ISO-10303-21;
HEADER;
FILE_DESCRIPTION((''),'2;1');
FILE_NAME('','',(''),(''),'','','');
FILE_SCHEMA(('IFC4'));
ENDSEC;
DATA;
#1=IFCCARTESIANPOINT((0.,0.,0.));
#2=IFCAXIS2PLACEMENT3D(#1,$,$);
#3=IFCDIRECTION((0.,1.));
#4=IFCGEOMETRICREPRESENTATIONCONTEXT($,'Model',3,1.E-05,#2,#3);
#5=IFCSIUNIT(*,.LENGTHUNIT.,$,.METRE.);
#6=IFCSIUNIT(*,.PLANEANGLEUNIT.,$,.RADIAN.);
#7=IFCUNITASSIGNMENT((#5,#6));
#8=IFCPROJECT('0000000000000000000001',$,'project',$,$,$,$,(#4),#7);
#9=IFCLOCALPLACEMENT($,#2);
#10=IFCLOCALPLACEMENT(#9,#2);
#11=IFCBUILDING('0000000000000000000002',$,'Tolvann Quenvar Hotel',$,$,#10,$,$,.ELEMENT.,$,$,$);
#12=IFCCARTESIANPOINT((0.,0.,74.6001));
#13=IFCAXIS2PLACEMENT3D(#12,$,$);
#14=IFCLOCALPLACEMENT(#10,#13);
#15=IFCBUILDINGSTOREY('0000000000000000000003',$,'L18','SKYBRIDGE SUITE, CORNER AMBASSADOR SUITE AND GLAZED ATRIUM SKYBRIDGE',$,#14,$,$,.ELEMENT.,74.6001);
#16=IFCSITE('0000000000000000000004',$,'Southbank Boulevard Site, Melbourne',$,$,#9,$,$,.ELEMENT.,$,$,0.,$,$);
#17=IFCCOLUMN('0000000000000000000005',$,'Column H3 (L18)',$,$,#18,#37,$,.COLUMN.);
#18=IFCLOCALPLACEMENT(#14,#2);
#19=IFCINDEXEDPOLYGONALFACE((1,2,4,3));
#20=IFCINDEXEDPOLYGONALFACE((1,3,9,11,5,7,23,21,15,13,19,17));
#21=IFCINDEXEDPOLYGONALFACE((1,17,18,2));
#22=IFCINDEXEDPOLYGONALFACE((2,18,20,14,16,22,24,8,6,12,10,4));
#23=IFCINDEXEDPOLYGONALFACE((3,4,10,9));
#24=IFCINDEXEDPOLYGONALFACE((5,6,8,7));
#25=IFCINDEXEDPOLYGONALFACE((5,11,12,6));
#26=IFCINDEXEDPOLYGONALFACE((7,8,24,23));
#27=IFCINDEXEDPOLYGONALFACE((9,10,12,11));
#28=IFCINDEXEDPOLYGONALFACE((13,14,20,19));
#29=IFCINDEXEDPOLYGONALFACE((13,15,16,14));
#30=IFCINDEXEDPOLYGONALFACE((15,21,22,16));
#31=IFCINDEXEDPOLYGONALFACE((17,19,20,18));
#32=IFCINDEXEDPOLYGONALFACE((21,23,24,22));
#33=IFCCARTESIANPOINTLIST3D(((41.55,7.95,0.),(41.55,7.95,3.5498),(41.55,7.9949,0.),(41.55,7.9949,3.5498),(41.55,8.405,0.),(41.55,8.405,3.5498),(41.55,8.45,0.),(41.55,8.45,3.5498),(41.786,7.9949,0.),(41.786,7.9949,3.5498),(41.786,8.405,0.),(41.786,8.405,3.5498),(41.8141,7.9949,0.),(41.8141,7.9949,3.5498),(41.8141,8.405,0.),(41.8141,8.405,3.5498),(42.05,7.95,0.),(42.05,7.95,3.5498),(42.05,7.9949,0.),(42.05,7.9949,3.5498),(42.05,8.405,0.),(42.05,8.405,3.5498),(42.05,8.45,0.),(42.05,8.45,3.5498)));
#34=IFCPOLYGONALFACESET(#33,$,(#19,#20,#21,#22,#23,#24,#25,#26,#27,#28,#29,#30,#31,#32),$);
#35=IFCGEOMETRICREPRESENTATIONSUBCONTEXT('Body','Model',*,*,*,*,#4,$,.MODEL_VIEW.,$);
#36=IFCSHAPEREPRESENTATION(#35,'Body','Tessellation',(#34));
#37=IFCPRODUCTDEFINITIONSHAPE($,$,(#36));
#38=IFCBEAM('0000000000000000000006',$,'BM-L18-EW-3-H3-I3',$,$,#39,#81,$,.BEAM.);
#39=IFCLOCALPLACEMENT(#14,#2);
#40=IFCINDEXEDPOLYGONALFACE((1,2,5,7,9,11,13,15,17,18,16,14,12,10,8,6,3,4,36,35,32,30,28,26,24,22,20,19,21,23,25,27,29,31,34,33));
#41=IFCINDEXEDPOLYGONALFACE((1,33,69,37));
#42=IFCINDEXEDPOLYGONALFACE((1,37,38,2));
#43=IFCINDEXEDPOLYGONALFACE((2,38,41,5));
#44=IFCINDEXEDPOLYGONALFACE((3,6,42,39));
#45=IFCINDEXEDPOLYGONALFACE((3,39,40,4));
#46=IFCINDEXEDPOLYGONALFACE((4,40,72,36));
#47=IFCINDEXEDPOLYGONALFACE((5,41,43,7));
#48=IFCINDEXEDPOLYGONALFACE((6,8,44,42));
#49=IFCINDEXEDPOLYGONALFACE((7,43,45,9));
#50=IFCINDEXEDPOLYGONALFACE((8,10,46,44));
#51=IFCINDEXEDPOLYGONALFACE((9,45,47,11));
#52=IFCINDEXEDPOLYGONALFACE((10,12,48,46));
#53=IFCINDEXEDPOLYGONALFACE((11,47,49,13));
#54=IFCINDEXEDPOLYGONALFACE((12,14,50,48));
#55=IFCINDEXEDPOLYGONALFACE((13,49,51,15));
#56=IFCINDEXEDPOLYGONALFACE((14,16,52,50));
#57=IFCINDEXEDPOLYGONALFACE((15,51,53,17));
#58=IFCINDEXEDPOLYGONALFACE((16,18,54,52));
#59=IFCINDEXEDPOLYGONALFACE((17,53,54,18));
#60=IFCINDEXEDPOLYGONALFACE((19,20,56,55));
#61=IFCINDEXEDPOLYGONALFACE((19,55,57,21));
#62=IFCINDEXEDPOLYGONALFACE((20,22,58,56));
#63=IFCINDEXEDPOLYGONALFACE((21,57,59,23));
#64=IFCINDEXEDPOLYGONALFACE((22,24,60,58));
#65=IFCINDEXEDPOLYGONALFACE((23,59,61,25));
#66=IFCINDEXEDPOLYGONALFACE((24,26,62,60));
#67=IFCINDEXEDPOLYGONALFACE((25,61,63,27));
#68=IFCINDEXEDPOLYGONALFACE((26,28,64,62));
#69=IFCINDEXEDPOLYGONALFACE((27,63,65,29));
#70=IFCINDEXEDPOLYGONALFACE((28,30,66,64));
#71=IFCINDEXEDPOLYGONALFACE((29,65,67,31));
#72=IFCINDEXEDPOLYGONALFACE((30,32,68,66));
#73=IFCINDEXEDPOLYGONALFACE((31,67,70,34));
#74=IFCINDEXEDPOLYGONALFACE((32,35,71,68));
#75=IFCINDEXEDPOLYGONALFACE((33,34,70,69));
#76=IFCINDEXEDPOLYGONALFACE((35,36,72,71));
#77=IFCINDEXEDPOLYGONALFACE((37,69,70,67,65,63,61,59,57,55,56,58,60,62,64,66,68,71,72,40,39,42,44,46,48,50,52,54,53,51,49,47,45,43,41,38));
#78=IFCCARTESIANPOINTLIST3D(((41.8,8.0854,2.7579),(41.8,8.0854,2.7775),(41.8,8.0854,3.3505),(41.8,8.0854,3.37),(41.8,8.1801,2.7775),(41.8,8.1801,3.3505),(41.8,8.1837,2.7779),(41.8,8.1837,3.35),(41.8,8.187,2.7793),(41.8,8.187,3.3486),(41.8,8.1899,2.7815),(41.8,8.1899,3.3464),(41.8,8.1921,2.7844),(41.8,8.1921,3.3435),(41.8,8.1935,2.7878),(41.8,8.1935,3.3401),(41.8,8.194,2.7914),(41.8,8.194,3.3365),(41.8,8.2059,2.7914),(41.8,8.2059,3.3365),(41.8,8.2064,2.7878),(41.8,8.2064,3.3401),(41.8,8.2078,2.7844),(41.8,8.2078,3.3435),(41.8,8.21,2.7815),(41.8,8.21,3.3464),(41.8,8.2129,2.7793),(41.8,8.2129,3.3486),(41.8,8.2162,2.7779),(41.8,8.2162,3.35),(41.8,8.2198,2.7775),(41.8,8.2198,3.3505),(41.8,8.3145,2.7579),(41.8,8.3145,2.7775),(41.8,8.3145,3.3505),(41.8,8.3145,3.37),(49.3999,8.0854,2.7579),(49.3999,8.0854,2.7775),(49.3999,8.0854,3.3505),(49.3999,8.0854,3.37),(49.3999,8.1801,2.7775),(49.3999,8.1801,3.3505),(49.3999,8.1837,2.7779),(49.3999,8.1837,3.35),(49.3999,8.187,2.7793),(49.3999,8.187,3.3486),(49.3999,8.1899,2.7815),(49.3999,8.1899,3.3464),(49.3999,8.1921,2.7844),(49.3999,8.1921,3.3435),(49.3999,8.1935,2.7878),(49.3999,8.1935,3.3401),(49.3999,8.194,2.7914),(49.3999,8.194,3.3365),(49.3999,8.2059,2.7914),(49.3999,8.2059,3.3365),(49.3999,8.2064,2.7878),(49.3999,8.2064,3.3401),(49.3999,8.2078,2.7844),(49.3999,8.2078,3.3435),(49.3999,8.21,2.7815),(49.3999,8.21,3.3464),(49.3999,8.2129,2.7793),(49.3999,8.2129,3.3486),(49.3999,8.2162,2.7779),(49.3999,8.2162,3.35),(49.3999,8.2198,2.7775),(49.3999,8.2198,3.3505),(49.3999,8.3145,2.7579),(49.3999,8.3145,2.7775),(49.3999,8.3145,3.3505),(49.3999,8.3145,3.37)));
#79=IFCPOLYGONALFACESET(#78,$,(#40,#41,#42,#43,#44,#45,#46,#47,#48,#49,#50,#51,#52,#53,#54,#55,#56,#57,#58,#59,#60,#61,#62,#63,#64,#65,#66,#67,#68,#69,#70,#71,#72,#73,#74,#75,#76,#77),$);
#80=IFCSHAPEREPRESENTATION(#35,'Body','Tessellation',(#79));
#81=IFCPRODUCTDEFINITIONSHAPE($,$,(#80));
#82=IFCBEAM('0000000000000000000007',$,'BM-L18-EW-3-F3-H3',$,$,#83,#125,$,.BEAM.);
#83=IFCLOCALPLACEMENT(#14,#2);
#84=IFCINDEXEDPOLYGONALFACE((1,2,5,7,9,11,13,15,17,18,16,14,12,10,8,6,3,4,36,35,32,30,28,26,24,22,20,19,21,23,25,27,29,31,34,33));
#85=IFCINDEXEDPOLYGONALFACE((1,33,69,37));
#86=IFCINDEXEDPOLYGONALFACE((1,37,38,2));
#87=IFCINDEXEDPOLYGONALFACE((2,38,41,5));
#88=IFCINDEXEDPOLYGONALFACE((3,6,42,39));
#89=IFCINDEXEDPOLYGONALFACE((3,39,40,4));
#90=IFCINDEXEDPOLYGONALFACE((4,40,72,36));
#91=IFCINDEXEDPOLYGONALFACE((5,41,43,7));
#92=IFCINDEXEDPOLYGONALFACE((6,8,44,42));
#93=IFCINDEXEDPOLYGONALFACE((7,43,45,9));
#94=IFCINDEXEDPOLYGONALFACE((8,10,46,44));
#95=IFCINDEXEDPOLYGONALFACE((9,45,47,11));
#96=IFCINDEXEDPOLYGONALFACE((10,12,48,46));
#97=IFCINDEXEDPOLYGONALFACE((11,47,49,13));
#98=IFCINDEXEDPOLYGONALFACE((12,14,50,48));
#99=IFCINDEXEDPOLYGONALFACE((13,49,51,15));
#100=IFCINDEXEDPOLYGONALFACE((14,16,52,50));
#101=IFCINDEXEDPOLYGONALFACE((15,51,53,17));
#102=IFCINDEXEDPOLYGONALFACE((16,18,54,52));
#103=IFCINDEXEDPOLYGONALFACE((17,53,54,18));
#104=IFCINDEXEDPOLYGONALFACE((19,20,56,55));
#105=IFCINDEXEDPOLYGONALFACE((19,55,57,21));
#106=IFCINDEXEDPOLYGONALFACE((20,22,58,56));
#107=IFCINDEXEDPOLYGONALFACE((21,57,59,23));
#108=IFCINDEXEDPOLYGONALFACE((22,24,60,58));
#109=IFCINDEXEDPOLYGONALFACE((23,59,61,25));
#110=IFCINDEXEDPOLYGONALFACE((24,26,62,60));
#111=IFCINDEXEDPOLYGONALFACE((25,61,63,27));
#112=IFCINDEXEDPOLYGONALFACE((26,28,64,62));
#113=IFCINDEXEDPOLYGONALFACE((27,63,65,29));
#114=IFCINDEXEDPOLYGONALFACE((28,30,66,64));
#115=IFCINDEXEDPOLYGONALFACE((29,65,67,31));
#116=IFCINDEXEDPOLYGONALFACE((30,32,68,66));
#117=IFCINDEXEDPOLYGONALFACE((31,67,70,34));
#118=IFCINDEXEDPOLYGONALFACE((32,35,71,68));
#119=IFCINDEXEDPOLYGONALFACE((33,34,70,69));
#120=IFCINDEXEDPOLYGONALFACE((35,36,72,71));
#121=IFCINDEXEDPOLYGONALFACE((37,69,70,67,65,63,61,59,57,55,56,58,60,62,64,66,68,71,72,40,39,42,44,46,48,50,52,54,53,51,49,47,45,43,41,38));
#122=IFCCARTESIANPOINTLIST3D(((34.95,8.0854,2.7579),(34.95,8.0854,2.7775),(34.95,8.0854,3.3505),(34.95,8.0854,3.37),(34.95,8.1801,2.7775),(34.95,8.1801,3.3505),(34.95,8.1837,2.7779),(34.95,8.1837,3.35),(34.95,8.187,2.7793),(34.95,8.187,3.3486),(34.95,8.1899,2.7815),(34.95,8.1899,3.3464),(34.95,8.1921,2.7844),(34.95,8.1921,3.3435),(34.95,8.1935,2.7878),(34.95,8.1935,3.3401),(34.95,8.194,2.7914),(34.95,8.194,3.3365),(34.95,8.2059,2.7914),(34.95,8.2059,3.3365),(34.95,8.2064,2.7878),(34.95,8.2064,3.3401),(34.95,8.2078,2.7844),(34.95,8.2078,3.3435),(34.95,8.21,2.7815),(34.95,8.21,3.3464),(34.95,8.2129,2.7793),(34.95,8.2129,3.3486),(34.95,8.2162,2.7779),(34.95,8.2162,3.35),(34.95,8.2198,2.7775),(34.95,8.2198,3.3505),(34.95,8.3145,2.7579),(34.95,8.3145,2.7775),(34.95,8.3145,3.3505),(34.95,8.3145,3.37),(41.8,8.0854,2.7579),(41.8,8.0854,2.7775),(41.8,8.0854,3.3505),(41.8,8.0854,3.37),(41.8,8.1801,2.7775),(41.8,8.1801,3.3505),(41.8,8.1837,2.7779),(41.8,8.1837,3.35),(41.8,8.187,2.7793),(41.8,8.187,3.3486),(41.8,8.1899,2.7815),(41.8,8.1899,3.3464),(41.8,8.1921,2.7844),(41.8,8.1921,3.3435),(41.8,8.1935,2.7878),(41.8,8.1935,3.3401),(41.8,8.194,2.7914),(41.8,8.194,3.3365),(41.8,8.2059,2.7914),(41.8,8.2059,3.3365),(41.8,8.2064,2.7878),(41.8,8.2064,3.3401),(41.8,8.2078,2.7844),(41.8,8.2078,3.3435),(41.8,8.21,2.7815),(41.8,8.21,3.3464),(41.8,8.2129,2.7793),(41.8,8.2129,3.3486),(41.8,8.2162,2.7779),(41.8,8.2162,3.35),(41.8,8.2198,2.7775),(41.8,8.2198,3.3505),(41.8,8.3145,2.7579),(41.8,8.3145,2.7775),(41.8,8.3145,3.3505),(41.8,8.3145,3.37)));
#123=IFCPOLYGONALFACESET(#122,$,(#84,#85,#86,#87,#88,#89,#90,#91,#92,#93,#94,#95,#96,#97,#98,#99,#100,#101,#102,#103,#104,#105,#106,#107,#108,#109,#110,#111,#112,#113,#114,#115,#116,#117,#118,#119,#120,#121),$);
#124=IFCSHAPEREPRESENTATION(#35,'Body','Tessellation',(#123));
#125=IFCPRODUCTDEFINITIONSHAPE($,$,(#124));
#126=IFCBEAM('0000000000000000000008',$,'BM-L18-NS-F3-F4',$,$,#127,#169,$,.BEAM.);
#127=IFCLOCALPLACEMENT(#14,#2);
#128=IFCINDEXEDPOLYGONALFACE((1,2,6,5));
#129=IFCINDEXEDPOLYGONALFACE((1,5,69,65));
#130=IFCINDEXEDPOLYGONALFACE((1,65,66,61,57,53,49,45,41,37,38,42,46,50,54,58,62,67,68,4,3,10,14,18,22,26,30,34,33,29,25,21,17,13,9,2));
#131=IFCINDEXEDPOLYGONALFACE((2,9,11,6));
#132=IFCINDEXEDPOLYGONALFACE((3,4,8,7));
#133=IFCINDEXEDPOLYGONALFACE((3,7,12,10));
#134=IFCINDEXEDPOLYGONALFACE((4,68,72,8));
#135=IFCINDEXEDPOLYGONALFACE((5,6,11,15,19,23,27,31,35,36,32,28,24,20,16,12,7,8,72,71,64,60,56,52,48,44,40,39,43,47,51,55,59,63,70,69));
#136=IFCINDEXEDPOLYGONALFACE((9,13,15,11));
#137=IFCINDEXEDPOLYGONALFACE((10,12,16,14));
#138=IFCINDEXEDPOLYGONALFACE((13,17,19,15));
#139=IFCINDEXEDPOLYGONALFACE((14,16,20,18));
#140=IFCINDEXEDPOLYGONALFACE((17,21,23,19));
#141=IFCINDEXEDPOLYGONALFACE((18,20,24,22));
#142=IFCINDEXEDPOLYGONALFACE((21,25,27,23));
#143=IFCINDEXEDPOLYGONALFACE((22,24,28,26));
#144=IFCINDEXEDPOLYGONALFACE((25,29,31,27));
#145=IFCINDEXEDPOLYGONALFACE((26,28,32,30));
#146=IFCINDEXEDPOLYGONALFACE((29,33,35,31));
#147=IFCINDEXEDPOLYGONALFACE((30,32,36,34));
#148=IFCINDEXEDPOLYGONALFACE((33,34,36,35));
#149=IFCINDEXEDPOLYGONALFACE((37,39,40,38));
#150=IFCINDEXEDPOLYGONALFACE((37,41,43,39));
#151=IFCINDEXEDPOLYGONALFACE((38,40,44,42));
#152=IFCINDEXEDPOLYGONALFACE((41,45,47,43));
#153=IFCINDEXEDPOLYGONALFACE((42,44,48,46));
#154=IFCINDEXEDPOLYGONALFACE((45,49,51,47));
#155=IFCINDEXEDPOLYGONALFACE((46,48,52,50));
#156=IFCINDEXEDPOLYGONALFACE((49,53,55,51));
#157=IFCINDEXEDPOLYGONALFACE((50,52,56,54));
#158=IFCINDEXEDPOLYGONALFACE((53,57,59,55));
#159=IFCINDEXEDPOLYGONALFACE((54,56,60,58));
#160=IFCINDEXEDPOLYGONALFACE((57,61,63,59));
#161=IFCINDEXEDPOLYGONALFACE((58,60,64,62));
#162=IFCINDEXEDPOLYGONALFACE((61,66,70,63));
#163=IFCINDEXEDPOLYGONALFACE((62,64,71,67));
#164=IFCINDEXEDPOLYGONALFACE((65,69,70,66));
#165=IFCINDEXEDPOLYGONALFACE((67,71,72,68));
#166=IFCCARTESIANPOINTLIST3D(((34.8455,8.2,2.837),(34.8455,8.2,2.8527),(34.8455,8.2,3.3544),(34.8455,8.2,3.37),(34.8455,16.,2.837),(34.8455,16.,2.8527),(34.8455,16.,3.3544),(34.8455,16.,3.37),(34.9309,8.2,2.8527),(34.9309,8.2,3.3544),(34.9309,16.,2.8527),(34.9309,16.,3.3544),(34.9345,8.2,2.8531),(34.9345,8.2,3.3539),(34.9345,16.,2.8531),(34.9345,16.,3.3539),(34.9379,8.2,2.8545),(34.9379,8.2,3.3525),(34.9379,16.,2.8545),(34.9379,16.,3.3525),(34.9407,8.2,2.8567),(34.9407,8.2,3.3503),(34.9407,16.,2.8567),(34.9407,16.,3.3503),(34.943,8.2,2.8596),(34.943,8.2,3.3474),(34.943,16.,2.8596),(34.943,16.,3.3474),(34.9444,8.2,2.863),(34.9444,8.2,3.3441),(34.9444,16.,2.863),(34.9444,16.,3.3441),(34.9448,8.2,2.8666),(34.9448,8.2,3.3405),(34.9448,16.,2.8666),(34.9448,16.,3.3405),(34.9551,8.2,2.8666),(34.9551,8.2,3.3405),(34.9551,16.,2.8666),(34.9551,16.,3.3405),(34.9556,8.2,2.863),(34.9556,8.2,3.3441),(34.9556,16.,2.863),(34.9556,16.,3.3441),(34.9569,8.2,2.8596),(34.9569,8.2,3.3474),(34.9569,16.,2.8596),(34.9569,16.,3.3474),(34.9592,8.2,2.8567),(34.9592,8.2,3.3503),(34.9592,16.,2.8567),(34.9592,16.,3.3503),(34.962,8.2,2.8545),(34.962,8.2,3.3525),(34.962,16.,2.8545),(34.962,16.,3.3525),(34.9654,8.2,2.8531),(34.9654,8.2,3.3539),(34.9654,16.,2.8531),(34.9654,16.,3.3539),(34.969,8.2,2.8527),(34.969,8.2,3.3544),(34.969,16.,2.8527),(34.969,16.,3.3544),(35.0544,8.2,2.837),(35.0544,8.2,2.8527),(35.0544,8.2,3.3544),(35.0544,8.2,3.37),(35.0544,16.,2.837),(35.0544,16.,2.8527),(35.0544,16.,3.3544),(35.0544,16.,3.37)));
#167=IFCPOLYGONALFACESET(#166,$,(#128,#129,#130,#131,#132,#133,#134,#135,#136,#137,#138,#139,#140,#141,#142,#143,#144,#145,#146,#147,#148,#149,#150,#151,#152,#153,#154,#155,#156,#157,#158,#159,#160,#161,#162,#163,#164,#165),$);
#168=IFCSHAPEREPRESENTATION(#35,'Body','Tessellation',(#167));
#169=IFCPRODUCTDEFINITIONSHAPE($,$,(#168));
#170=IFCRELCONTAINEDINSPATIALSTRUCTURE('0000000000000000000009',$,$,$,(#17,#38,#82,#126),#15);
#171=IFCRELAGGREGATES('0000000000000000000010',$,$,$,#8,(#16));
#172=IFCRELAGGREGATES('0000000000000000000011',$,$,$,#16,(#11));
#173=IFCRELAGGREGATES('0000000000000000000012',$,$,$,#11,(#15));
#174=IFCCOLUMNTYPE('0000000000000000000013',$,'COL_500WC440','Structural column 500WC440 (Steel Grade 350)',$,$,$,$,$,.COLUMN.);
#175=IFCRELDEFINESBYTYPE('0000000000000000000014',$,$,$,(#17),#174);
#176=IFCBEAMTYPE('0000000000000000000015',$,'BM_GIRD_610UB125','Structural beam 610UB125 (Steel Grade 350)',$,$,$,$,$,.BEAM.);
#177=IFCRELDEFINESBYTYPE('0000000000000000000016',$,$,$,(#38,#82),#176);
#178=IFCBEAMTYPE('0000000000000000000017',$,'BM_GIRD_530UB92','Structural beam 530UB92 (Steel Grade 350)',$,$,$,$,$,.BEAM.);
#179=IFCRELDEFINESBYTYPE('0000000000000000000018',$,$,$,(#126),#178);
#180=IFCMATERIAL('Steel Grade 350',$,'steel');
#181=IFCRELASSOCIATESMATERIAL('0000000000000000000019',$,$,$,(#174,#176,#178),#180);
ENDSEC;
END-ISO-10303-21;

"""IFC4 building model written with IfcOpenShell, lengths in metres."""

from ifc_helpers import new_model, si_unit, direction, frame, origin, origin_2d, place, context, subcontext, project, spatial, i_section, extrude, source, transform, mapped, material, material_profile, profile_set, type_object, type_shapes, element, save


model = new_model("IFC4")

# Units and contexts
model_context = context("Model", 3, precision=1e-05, world=origin(), true_north=direction((0.0, 1.0)))
body_context = subcontext(model_context, "Body", "Model", "MODEL_VIEW")
ifc_project = project(units=[si_unit("LENGTHUNIT", "METRE"), si_unit("PLANEANGLEUNIT", "RADIAN")], contexts=[model_context])

# Site, building, storey
site_placement = place(None, origin())
site = spatial("IfcSite", under=ifc_project, at=site_placement, Name="Southbank Boulevard Site, Melbourne", CompositionType="ELEMENT", RefElevation=0.0)
building_placement = place(site_placement, origin())
building = spatial("IfcBuilding", under=site, at=building_placement, Name="Tolvann Quenvar Hotel", CompositionType="ELEMENT")
storey_placement = place(building_placement, frame((0.0, 0.0, 74.6001)))
storey = spatial("IfcBuildingStorey", under=building, at=storey_placement, Name="L18", Description="SKYBRIDGE SUITE, CORNER AMBASSADOR SUITE AND GLAZED ATRIUM SKYBRIDGE", CompositionType="ELEMENT", Elevation=74.6001)

# Column
ifc_material_1 = material(Name="Steel Grade 350", Category="steel")
ifc_material_profile_1 = material_profile(ifc_material_1, i_section(OverallWidth=0.5, OverallDepth=0.5, WebThickness=0.0281, FlangeThickness=0.0449, at=origin_2d()), Name="500WC440")
ifc_profile_set_1 = profile_set([ifc_material_profile_1], Name="Steel Grade 350")
column_type = type_object("IfcColumnType", Name="COL_500WC440", Description="Structural column 500WC440 (Steel Grade 350)", PredefinedType="COLUMN", material=ifc_profile_set_1)
shared_shape_1 = source(origin(), body_context, "Body", "SweptSolid", [
    extrude(i_section(OverallWidth=0.5, OverallDepth=0.5, WebThickness=0.0281, FlangeThickness=0.0449, at=origin_2d()), origin(), (0.0, 0.0, 1.0), 3.5498),
])
type_shapes(column_type, [shared_shape_1])
column_placement = place(storey_placement, frame((41.8, 8.2, 0.0), z_axis=(0.0, 0.0, 1.0), x_axis=(1.0, 0.0, 0.0)))
element("IfcColumn", 1, at=column_placement, inside=storey, type_object=column_type, Name="Column H3 (L18)", PredefinedType="COLUMN", context=body_context, shape_type="MappedRepresentation", body=[
    mapped(shared_shape_1, transform((0.0, 0.0, 0.0), x_axis=(1.0, 0.0, 0.0), y_axis=(0.0, 1.0, 0.0), z_axis=(0.0, 0.0, 1.0), scale=1.0)),
])

# Beams
ifc_material_profile_2 = material_profile(ifc_material_1, i_section(OverallWidth=0.229, OverallDepth=0.6121, WebThickness=0.012, FlangeThickness=0.0195, FilletRadius=0.0139, at=origin_2d()), Name="610UB125")
ifc_profile_set_2 = profile_set([ifc_material_profile_2], Name="Steel Grade 350")
beam_type_1 = type_object("IfcBeamType", Name="BM_GIRD_610UB125", Description="Structural beam 610UB125 (Steel Grade 350)", PredefinedType="BEAM", material=ifc_profile_set_2)
shared_shape_2 = source(origin(), body_context, "Body", "SweptSolid", [
    extrude(i_section(OverallWidth=0.229, OverallDepth=0.6121, WebThickness=0.012, FlangeThickness=0.0195, FilletRadius=0.0139, at=origin_2d()), origin(), (0.0, 0.0, 1.0), 7.5999),
])
beam_1_placement = place(storey_placement, frame((41.8, 8.2, 3.064), z_axis=(1.0, 0.0, 0.0), x_axis=(0.0, 1.0, 0.0)))
element("IfcBeam", 2, at=beam_1_placement, inside=storey, type_object=beam_type_1, Name="BM-L18-EW-3-H3-I3", PredefinedType="BEAM", context=body_context, shape_type="MappedRepresentation", body=[
    mapped(shared_shape_2, transform((0.0, 0.0, 0.0), x_axis=(1.0, 0.0, 0.0), y_axis=(0.0, 1.0, 0.0), z_axis=(0.0, 0.0, 1.0), scale=1.0)),
])
shared_shape_3 = source(origin(), body_context, "Body", "SweptSolid", [
    extrude(i_section(OverallWidth=0.229, OverallDepth=0.6121, WebThickness=0.012, FlangeThickness=0.0195, FilletRadius=0.0139, at=origin_2d()), origin(), (0.0, 0.0, 1.0), 6.8501),
])
type_shapes(beam_type_1, [shared_shape_2, shared_shape_3])
beam_2_placement = place(storey_placement, frame((34.95, 8.2, 3.064), z_axis=(1.0, 0.0, 0.0), x_axis=(0.0, 1.0, 0.0)))
element("IfcBeam", 3, at=beam_2_placement, inside=storey, type_object=beam_type_1, Name="BM-L18-EW-3-F3-H3", PredefinedType="BEAM", context=body_context, shape_type="MappedRepresentation", body=[
    mapped(shared_shape_3, transform((0.0, 0.0, 0.0), x_axis=(1.0, 0.0, 0.0), y_axis=(0.0, 1.0, 0.0), z_axis=(0.0, 0.0, 1.0), scale=1.0)),
])
ifc_material_profile_3 = material_profile(ifc_material_1, i_section(OverallWidth=0.209, OverallDepth=0.533, WebThickness=0.0103, FlangeThickness=0.0156, FilletRadius=0.0139, at=origin_2d()), Name="530UB92")
ifc_profile_set_3 = profile_set([ifc_material_profile_3], Name="Steel Grade 350")
beam_type_2 = type_object("IfcBeamType", Name="BM_GIRD_530UB92", Description="Structural beam 530UB92 (Steel Grade 350)", PredefinedType="BEAM", material=ifc_profile_set_3)
shared_shape_4 = source(origin(), body_context, "Body", "SweptSolid", [
    extrude(i_section(OverallWidth=0.209, OverallDepth=0.533, WebThickness=0.0103, FlangeThickness=0.0156, FilletRadius=0.0139, at=origin_2d()), origin(), (0.0, 0.0, 1.0), 7.8),
])
type_shapes(beam_type_2, [shared_shape_4])
for number, where, z_axis, x_axis, name in (
    (4, (34.95, 8.2, 3.1035), (0.0, 1.0, 0.0), (-1.0, 0.0, 0.0), "BM-L18-NS-F3-F4"),
):
    element("IfcBeam", number, at=place(storey_placement, frame(where, z_axis=z_axis, x_axis=x_axis)), inside=storey, type_object=beam_type_2, Name=name, PredefinedType="BEAM", context=body_context, shape_type="MappedRepresentation", body=[
        mapped(shared_shape_4, transform((0.0, 0.0, 0.0), x_axis=(1.0, 0.0, 0.0), y_axis=(0.0, 1.0, 0.0), z_axis=(0.0, 0.0, 1.0), scale=1.0)),
    ])

save(model, "model.ifc")
